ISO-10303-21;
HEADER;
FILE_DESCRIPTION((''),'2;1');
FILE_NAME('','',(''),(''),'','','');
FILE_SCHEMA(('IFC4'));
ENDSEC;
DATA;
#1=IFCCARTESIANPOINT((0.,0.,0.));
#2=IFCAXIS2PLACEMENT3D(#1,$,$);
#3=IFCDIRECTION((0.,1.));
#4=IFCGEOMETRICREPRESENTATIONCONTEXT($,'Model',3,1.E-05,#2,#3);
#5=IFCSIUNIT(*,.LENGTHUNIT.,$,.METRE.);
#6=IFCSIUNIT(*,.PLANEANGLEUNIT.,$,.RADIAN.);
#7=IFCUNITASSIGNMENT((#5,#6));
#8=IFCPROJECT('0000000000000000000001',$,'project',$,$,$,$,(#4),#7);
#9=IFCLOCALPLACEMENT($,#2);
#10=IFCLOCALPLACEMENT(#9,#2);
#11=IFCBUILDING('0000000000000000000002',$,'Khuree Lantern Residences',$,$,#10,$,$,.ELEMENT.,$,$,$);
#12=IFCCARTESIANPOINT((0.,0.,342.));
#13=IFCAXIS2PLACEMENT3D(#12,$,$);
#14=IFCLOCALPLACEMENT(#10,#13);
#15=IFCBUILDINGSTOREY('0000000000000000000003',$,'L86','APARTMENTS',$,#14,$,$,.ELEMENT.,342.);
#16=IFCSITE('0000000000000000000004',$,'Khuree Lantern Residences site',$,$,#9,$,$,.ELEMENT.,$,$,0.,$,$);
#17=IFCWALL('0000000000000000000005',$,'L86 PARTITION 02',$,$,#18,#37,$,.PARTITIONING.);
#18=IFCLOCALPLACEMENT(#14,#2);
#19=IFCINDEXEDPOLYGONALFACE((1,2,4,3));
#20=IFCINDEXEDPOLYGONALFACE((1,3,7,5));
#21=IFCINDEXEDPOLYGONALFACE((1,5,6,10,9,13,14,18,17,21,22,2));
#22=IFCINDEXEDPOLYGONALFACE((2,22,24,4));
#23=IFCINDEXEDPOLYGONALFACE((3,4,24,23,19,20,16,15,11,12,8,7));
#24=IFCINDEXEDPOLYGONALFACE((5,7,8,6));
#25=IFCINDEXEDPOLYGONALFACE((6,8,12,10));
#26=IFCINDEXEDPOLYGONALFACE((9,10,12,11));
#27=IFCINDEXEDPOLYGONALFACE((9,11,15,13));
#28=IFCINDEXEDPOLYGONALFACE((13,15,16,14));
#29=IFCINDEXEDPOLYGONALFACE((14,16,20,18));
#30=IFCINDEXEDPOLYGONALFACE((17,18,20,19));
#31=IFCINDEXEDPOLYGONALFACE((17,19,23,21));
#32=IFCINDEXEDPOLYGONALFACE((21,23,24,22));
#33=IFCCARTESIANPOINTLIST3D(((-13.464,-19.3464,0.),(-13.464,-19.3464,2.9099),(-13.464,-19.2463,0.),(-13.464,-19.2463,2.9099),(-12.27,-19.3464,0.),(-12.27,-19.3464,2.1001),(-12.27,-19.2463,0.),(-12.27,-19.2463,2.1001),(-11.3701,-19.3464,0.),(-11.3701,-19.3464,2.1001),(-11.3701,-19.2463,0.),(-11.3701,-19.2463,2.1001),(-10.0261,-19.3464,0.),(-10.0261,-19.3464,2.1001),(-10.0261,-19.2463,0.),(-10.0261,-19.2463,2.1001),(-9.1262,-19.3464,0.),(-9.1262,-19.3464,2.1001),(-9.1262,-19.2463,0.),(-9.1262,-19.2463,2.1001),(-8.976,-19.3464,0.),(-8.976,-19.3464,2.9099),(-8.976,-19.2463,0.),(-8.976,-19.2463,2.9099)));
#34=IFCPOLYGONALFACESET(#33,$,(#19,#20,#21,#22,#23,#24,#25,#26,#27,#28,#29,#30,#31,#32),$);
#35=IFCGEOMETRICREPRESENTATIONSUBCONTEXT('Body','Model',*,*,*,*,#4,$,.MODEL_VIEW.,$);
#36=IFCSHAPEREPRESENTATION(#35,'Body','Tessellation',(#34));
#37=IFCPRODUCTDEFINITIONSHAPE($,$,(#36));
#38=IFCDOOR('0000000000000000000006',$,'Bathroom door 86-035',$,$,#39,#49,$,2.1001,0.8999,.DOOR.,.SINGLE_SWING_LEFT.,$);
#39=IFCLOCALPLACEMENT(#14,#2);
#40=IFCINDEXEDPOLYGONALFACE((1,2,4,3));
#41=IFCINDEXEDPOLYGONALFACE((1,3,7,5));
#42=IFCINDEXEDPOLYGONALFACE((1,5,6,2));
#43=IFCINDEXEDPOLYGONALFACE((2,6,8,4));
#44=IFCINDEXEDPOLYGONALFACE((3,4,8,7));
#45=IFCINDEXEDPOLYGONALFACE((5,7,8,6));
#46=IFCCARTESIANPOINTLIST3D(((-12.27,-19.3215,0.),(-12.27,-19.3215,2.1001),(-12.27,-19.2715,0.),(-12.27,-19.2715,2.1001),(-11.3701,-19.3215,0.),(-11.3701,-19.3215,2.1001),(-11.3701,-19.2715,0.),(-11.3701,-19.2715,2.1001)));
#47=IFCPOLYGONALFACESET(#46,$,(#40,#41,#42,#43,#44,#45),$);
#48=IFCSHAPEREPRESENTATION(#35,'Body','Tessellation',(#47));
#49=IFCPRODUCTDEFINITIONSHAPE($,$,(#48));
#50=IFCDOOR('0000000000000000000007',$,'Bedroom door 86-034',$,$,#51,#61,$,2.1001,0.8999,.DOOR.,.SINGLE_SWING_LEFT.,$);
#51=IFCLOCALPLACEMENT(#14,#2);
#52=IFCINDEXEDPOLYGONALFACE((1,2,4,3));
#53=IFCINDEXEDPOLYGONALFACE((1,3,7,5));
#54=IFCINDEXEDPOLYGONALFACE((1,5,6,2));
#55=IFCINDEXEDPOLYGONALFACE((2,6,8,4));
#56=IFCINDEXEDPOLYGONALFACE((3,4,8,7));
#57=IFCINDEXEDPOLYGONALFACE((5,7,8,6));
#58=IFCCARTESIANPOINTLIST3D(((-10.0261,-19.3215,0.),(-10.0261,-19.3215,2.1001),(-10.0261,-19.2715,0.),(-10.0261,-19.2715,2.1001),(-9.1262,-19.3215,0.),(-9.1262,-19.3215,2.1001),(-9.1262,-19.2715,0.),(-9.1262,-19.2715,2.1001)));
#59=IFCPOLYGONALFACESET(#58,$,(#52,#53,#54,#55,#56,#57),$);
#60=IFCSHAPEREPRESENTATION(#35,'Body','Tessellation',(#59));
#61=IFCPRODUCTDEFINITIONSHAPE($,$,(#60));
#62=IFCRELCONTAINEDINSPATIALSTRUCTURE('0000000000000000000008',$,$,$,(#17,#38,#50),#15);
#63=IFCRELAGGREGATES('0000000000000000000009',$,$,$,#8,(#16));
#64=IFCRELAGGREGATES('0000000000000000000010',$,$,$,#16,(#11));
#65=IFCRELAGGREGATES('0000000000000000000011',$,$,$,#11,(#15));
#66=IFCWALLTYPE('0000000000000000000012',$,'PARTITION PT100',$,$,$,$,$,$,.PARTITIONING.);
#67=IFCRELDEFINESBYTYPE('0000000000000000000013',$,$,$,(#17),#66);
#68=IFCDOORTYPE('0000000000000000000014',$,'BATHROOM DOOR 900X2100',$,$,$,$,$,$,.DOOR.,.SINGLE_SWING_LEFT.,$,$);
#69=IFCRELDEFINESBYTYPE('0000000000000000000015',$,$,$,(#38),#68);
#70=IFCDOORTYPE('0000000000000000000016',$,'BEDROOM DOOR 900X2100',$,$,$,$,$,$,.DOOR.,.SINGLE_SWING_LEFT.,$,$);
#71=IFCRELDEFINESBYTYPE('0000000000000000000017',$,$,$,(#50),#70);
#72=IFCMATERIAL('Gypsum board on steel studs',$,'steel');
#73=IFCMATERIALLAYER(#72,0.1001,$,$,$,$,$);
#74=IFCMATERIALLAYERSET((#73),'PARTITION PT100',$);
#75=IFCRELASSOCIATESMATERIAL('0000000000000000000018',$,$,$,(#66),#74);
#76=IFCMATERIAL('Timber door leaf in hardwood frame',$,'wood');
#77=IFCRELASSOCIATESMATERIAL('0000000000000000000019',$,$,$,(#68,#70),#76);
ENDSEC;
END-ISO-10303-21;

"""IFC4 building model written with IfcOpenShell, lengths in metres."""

from ifc_helpers import new_model, si_unit, direction, frame, frame_2d, origin, place, context, subcontext, project, spatial, rectangle, extrude, material, layer, layer_set, type_object, element, fill, save


model = new_model("IFC4")

# Units and contexts
model_context = context("Model", 3, precision=1e-05, world=origin(), true_north=direction((0.0, 1.0)))
body_context = subcontext(model_context, "Body", "Model", "MODEL_VIEW")
ifc_project = project(units=[si_unit("LENGTHUNIT", "METRE"), si_unit("PLANEANGLEUNIT", "RADIAN")], contexts=[model_context])

# Site, building, storey
site_placement = place(None, origin())
site = spatial("IfcSite", under=ifc_project, at=site_placement, Name="Khuree Lantern Residences site", CompositionType="ELEMENT", RefElevation=0.0)
building_placement = place(site_placement, origin())
building = spatial("IfcBuilding", under=site, at=building_placement, Name="Khuree Lantern Residences", CompositionType="ELEMENT")
storey_placement = place(building_placement, frame((0.0, 0.0, 342.0)))
storey = spatial("IfcBuildingStorey", under=building, at=storey_placement, Name="L86", Description="APARTMENTS", CompositionType="ELEMENT", Elevation=342.0)

# Shared definitions
ifc_material_1 = material(Name="Gypsum board on steel studs", Category="steel")
ifc_layer_1 = layer(ifc_material_1, 0.1001)
ifc_layer_set_1 = layer_set([ifc_layer_1], Name="PARTITION PT100")
wall_type = type_object("IfcWallType", Name="PARTITION PT100", PredefinedType="PARTITIONING", material=ifc_layer_set_1)

# Wall, openings, doors
wall_1_placement = place(storey_placement, frame((-13.4641, -19.2964, 0.0), z_axis=(0.0, 0.0, 1.0), x_axis=(1.0, 0.0, 0.0)))
wall_1 = element("IfcWall", 1, at=wall_1_placement, inside=storey, type_object=wall_type, Name="L86 PARTITION 02", PredefinedType="PARTITIONING", context=body_context, shape_type="SweptSolid", body=[
    extrude(rectangle(XDim=4.488, YDim=0.1001, at=frame_2d((2.2441, 0.0))), origin(), (0.0, 0.0, 1.0), 2.9099),
])
opening_1_placement = place(wall_1_placement, frame((3.438, 0.0, 0.0)))
opening_1 = element("IfcOpeningElement", 2, at=opening_1_placement, cuts=wall_1, PredefinedType="OPENING", context=body_context, shape_type="SweptSolid", body=[
    extrude(rectangle(XDim=0.8999, YDim=2.1001, at=frame_2d((0.45, 1.05))), frame((0.0, 0.0601, 0.0), z_axis=(0.0, -1.0, 0.0), x_axis=(1.0, 0.0, 0.0)), (0.0, 0.0, 1.0), 0.1201),
])
opening_2_placement = place(wall_1_placement, frame((1.1941, 0.0, 0.0)))
opening_2 = element("IfcOpeningElement", 3, at=opening_2_placement, cuts=wall_1, PredefinedType="OPENING", context=body_context, shape_type="SweptSolid", body=[
    extrude(rectangle(XDim=0.8999, YDim=2.1001, at=frame_2d((0.45, 1.05))), frame((0.0, 0.0601, 0.0), z_axis=(0.0, -1.0, 0.0), x_axis=(1.0, 0.0, 0.0)), (0.0, 0.0, 1.0), 0.1201),
])
ifc_material_2 = material(Name="Timber door leaf in hardwood frame", Category="wood")
door_type_1 = type_object("IfcDoorType", Name="BATHROOM DOOR 900X2100", OperationType="SINGLE_SWING_LEFT", PredefinedType="DOOR", material=ifc_material_2)
door_1_placement = place(opening_2_placement, origin())
door_1 = element("IfcDoor", 4, at=door_1_placement, inside=storey, type_object=door_type_1, Name="Bathroom door 86-035", OperationType="SINGLE_SWING_LEFT", OverallHeight=2.1001, OverallWidth=0.8999, PredefinedType="DOOR", context=body_context, shape_type="SweptSolid", body=[
    extrude(rectangle(XDim=0.8999, YDim=2.1001, at=frame_2d((0.45, 1.05))), frame((0.0, 0.0249, 0.0), z_axis=(0.0, -1.0, 0.0), x_axis=(1.0, 0.0, 0.0)), (0.0, 0.0, 1.0), 0.05),
])
fill(opening_2, door_1)
door_type_2 = type_object("IfcDoorType", Name="BEDROOM DOOR 900X2100", OperationType="SINGLE_SWING_LEFT", PredefinedType="DOOR", material=ifc_material_2)
door_2_placement = place(opening_1_placement, origin())
door_2 = element("IfcDoor", 5, at=door_2_placement, inside=storey, type_object=door_type_2, Name="Bedroom door 86-034", OperationType="SINGLE_SWING_LEFT", OverallHeight=2.1001, OverallWidth=0.8999, PredefinedType="DOOR", context=body_context, shape_type="SweptSolid", body=[
    extrude(rectangle(XDim=0.8999, YDim=2.1001, at=frame_2d((0.45, 1.05))), frame((0.0, 0.0249, 0.0), z_axis=(0.0, -1.0, 0.0), x_axis=(1.0, 0.0, 0.0)), (0.0, 0.0, 1.0), 0.05),
])
fill(opening_1, door_2)

save(model, "model.ifc")
